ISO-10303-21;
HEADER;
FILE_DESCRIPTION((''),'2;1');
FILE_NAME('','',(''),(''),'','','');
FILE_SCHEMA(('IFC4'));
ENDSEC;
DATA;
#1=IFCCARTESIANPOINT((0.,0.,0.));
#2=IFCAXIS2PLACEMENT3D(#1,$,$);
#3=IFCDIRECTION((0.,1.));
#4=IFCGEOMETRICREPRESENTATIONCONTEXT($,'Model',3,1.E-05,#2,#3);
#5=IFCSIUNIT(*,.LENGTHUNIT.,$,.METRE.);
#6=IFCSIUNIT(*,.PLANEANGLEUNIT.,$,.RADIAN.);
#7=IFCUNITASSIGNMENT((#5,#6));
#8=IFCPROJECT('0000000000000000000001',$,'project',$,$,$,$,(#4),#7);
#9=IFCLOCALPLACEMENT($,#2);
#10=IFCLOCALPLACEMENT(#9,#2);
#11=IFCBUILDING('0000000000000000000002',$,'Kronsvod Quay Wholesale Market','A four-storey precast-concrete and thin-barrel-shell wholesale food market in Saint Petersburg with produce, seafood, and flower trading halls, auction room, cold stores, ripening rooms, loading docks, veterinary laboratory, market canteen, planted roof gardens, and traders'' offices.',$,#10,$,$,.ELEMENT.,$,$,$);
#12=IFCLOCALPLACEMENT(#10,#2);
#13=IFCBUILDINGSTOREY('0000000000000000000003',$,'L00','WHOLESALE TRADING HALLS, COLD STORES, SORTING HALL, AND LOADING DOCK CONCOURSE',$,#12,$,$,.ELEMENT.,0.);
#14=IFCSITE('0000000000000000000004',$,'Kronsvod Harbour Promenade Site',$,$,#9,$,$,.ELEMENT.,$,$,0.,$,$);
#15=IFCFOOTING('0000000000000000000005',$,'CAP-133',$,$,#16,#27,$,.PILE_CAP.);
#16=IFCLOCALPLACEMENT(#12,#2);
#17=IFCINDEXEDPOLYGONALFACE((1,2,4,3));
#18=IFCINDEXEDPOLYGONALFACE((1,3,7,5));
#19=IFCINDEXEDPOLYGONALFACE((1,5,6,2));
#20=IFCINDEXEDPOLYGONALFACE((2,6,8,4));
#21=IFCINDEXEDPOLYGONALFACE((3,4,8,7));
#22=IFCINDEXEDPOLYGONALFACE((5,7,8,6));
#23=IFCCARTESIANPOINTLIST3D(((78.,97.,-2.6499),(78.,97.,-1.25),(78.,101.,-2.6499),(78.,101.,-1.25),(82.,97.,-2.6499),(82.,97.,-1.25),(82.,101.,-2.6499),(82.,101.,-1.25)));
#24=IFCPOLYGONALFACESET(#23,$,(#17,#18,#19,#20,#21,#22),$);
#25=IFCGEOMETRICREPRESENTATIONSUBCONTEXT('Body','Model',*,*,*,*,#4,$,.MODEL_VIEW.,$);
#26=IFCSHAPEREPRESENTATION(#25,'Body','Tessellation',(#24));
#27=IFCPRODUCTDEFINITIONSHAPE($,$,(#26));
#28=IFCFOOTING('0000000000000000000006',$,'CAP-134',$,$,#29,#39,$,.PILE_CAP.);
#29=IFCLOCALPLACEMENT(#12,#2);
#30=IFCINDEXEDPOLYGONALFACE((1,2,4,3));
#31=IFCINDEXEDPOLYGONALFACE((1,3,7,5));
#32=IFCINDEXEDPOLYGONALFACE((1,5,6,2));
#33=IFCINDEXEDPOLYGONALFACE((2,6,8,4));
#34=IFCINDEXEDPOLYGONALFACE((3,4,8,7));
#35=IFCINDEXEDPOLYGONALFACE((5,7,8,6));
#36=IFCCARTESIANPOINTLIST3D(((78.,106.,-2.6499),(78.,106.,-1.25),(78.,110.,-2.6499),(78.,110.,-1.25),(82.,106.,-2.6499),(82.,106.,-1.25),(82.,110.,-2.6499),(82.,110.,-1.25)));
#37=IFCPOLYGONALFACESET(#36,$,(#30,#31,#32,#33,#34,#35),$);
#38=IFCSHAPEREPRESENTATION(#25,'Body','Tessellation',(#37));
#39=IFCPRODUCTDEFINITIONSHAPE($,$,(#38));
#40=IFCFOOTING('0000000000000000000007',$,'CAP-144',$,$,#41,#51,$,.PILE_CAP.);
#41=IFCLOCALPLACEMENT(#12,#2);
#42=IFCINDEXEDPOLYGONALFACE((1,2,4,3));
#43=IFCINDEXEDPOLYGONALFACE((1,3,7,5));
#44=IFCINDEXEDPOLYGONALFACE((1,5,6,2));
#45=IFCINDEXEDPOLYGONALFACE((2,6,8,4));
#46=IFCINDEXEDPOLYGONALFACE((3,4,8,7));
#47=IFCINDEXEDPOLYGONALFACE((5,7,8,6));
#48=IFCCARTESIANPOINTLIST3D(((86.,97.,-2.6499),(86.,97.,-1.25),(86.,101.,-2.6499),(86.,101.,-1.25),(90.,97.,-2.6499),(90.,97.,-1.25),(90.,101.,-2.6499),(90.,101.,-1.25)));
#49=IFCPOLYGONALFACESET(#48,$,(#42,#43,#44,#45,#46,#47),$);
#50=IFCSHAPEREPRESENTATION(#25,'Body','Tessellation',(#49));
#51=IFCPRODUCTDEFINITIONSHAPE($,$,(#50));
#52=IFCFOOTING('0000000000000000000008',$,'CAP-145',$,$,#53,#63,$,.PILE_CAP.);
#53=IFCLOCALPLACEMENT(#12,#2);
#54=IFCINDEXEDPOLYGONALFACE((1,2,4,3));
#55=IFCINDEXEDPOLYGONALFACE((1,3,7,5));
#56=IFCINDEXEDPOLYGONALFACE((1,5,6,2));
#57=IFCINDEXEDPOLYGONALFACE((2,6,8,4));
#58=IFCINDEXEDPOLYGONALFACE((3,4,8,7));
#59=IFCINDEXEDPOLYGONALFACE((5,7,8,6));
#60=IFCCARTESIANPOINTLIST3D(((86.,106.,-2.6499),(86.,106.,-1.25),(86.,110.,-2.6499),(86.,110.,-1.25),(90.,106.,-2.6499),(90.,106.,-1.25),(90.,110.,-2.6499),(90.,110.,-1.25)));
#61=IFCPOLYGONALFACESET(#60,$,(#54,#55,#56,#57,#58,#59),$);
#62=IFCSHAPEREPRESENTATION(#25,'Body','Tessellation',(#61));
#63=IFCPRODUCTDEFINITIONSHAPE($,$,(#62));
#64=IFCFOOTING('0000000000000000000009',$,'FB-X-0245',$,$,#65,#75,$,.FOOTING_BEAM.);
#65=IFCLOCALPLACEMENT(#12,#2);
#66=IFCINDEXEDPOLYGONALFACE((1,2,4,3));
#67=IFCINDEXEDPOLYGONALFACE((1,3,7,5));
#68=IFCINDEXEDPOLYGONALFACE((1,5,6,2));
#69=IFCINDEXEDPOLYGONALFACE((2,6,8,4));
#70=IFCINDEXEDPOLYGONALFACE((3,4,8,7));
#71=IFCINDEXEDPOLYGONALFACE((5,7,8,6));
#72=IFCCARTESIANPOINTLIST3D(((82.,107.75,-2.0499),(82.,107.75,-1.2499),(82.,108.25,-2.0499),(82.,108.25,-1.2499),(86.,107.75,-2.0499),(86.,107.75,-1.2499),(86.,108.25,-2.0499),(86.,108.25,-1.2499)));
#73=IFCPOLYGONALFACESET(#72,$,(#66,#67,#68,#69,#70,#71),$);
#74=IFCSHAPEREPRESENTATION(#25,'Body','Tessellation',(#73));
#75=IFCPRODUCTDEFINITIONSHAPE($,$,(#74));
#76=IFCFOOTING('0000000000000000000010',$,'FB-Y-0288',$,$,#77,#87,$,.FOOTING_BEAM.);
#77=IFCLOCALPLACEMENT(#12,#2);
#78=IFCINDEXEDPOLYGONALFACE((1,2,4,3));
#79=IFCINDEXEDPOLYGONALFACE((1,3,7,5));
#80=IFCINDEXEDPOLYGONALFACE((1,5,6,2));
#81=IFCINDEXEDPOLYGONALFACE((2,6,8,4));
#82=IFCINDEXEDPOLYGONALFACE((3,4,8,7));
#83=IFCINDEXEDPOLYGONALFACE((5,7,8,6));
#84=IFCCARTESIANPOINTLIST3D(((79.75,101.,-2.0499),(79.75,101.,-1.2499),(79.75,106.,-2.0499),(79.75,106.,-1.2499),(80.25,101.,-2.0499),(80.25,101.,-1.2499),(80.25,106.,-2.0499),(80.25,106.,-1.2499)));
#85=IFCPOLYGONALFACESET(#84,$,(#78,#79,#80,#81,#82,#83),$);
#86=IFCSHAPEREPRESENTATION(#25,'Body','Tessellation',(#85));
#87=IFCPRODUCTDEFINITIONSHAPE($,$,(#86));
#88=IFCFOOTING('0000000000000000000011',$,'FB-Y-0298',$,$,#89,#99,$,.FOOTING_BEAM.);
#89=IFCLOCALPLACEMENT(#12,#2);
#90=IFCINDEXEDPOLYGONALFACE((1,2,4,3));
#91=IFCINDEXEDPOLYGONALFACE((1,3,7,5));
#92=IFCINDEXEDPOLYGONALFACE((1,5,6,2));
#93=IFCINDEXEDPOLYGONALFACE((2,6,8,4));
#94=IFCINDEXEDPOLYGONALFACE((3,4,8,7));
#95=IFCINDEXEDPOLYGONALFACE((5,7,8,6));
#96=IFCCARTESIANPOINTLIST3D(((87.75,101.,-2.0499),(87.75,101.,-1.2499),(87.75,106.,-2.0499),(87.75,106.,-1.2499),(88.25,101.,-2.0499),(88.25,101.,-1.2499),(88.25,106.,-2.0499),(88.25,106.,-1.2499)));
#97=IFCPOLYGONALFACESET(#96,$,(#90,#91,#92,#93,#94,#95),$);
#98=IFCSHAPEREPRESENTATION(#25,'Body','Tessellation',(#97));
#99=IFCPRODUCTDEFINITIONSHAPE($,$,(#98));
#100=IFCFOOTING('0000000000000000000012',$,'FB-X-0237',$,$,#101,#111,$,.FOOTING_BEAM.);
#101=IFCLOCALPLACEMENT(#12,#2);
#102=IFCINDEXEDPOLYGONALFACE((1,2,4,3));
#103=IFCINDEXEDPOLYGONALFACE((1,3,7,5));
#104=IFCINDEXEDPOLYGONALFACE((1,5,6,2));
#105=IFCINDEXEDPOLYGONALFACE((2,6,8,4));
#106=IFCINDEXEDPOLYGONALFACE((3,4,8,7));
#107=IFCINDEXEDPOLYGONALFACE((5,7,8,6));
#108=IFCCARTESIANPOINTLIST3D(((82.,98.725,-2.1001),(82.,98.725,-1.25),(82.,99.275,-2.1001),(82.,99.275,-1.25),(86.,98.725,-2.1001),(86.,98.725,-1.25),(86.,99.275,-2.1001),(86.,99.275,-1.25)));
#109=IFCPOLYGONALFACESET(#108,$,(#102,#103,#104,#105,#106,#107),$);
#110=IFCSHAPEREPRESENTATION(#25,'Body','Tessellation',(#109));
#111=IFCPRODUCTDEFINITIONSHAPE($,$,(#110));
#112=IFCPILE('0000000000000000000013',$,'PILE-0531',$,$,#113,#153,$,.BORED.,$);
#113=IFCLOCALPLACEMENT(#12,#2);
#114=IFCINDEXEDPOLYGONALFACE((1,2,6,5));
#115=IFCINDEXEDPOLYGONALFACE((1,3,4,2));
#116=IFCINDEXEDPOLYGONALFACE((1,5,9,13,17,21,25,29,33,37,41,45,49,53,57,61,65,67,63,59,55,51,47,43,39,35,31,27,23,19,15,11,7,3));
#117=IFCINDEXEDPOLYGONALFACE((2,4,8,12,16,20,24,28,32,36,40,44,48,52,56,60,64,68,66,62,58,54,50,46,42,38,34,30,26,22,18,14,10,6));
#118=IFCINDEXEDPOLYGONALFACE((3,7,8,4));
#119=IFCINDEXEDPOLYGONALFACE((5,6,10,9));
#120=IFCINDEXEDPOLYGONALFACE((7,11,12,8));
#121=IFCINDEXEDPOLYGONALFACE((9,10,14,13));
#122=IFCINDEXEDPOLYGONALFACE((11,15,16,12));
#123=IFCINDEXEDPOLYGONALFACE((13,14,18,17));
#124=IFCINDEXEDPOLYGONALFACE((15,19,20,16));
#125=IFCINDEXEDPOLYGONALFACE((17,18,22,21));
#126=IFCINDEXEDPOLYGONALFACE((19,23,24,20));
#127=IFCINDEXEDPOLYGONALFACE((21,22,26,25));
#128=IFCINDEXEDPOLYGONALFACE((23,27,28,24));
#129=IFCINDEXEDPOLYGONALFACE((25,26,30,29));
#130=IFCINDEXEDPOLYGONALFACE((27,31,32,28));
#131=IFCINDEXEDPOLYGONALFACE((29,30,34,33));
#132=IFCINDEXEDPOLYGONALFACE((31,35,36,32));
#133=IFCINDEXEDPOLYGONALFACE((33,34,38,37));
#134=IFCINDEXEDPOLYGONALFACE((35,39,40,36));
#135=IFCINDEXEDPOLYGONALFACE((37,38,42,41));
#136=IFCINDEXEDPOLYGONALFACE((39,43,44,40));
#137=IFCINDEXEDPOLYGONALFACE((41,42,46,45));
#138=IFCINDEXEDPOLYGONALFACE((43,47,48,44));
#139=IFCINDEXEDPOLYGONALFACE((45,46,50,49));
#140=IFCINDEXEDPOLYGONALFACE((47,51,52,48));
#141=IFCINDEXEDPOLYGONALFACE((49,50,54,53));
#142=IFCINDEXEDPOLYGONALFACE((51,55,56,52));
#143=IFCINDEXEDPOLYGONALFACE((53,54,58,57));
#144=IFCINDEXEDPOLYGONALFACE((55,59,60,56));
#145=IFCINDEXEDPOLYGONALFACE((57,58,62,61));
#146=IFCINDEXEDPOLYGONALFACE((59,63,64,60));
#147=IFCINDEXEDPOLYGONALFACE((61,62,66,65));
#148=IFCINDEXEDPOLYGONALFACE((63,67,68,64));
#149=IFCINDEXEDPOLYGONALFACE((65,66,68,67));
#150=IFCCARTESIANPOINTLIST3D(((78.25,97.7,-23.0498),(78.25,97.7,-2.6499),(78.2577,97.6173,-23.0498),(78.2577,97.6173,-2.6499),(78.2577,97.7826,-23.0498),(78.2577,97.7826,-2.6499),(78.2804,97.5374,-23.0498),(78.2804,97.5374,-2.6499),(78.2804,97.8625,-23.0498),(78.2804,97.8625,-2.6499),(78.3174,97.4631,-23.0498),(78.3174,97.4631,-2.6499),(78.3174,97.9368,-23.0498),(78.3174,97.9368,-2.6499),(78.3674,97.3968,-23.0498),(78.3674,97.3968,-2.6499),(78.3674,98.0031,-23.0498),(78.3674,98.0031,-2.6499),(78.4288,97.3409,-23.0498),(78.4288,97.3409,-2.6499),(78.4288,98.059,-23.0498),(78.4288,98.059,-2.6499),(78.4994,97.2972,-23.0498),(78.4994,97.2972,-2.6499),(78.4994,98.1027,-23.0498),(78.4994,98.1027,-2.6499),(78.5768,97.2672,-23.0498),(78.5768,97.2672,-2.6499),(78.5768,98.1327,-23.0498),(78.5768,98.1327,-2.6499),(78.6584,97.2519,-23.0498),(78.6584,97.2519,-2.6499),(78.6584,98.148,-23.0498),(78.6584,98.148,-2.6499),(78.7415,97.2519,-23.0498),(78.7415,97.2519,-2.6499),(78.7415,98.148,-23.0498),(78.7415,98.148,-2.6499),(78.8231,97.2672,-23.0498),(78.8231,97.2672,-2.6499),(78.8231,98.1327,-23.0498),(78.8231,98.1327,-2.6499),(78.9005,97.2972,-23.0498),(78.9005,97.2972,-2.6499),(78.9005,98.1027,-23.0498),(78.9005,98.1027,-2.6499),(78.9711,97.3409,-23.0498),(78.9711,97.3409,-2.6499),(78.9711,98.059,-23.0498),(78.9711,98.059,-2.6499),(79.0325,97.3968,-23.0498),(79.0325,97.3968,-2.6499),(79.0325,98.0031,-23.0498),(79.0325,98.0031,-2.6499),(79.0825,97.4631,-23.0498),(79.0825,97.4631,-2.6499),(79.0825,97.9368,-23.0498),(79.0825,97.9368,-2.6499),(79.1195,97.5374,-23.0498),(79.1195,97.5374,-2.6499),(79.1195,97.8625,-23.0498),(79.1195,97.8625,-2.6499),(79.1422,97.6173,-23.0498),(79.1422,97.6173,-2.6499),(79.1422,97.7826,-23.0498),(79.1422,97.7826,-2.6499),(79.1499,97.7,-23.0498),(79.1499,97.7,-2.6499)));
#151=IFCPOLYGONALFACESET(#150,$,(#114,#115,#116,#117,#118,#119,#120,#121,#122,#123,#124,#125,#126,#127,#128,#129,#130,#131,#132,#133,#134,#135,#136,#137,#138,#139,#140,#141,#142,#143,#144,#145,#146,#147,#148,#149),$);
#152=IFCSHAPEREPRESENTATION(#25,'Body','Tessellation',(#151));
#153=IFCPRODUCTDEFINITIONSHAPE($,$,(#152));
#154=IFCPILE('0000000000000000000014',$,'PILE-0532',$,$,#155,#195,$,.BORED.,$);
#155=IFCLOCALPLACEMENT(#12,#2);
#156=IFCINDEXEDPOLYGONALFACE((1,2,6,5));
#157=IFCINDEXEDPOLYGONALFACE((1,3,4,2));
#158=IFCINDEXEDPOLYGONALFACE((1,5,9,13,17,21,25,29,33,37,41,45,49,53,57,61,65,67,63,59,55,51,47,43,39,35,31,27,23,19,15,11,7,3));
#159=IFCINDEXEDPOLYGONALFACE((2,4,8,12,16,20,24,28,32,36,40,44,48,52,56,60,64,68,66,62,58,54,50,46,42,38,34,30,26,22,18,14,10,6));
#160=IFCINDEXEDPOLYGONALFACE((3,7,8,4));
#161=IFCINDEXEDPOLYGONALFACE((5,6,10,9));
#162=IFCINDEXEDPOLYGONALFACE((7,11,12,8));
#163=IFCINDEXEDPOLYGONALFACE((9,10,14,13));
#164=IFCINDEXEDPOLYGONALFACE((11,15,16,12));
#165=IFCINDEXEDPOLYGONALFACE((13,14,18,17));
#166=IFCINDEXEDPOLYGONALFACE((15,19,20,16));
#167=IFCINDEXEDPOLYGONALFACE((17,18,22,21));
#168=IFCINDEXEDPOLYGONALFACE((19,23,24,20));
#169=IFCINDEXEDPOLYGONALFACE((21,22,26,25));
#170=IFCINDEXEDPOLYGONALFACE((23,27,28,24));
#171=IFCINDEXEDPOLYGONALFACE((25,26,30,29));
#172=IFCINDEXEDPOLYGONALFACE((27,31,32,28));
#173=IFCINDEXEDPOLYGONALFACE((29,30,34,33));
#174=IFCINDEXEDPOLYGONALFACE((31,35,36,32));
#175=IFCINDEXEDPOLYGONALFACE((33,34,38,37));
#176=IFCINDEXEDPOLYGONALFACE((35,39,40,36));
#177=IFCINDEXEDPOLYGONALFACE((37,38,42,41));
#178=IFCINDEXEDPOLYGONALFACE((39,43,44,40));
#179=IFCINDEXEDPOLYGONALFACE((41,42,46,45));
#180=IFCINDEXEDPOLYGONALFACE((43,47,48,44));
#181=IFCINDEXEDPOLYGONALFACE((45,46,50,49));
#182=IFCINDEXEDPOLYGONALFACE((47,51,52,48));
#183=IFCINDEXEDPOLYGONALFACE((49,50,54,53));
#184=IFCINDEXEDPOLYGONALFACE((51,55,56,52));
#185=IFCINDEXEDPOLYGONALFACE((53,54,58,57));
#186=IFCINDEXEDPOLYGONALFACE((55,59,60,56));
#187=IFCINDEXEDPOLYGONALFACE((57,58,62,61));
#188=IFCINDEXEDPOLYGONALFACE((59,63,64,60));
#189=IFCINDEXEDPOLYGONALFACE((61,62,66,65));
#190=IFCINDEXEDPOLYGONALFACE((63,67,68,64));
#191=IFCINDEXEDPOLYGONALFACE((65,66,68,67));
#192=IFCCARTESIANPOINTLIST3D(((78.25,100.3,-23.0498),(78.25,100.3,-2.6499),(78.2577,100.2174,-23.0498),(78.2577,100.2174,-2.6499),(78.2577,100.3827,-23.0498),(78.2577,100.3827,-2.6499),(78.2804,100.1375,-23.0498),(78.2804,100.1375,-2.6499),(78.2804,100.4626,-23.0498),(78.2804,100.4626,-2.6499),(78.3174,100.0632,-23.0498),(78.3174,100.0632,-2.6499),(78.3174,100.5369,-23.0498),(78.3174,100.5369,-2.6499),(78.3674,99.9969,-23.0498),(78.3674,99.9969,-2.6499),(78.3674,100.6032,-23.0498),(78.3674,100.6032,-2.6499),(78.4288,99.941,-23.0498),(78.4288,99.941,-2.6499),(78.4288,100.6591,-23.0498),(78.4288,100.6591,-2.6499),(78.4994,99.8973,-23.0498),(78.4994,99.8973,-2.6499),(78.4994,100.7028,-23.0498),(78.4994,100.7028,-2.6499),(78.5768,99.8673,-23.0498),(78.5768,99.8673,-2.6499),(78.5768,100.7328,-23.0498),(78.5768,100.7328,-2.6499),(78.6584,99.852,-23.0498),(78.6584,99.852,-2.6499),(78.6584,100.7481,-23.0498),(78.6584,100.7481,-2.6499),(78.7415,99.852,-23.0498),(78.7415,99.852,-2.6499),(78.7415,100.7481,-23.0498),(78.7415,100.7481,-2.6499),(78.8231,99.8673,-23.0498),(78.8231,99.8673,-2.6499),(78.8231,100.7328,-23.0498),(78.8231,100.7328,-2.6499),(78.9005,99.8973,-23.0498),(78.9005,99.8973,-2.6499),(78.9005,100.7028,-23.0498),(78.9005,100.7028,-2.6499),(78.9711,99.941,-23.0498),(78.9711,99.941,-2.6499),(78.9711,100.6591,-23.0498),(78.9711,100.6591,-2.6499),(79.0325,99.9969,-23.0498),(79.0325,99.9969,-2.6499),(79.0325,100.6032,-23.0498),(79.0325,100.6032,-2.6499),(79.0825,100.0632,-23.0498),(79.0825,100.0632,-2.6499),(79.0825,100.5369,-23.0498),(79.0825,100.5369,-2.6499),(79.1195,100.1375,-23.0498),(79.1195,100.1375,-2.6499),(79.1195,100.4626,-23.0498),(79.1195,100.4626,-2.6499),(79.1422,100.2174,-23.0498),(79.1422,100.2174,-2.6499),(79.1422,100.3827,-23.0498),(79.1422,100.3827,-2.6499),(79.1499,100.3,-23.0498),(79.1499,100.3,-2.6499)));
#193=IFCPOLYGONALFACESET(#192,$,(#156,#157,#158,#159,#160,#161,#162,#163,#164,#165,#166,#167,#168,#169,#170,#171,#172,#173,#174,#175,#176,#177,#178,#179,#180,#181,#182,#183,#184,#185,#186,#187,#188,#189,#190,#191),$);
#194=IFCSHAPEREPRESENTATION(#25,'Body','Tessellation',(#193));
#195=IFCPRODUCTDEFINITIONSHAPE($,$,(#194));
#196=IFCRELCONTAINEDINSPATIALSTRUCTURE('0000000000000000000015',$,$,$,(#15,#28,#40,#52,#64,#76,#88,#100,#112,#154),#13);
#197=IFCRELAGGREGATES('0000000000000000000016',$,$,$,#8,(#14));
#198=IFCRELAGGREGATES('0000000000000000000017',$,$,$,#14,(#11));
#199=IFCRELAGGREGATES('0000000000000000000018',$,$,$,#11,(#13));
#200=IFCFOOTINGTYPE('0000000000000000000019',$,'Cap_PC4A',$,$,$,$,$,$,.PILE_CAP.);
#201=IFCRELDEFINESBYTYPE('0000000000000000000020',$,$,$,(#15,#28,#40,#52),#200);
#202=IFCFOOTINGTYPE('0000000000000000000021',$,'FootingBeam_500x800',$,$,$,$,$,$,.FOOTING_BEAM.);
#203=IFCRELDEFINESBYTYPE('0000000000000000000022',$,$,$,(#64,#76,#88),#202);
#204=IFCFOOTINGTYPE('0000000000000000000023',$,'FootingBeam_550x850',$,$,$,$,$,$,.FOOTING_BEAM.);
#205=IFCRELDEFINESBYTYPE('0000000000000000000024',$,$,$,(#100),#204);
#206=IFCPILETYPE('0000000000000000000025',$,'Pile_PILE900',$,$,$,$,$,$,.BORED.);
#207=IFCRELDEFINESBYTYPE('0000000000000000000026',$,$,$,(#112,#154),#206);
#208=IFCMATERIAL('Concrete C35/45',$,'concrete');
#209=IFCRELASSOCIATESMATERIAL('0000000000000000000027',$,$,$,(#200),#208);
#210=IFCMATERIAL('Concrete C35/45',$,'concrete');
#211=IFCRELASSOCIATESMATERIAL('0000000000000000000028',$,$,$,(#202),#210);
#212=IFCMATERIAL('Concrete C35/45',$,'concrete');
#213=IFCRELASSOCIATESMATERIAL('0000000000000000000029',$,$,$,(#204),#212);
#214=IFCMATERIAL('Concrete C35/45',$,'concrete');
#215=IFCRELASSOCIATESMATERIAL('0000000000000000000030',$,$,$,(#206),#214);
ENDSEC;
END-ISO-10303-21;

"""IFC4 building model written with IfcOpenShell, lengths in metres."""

from ifc_helpers import new_model, si_unit, direction, frame, origin, origin_2d, place, context, subcontext, project, spatial, rectangle, circle, extrude, material, material_profile, profile_set, type_object, element, save


model = new_model("IFC4")

# Units and contexts
model_context = context("Model", 3, precision=1e-05, world=origin(), true_north=direction((0.0, 1.0)))
body_context = subcontext(model_context, "Body", "Model", "MODEL_VIEW")
ifc_project = project(units=[si_unit("LENGTHUNIT", "METRE"), si_unit("PLANEANGLEUNIT", "RADIAN")], contexts=[model_context])

# Site, building, storey
site_placement = place(None, origin())
site = spatial("IfcSite", under=ifc_project, at=site_placement, Name="Kronsvod Harbour Promenade Site", CompositionType="ELEMENT", RefElevation=0.0)
building_placement = place(site_placement, origin())
building = spatial("IfcBuilding", under=site, at=building_placement, Name="Kronsvod Quay Wholesale Market", Description="A four-storey precast-concrete and thin-barrel-shell wholesale food market in Saint Petersburg with produce, seafood, and flower trading halls, auction room, cold stores, ripening rooms, loading docks, veterinary laboratory, market canteen, planted roof gardens, and traders' offices.", CompositionType="ELEMENT")
storey_placement = place(building_placement, origin())
storey = spatial("IfcBuildingStorey", under=building, at=storey_placement, Name="L00", Description="WHOLESALE TRADING HALLS, COLD STORES, SORTING HALL, AND LOADING DOCK CONCOURSE", CompositionType="ELEMENT", Elevation=0.0)

# Footings
ifc_material_1 = material(Name="Concrete C35/45", Category="concrete")
footing_type_1 = type_object("IfcFootingType", Name="Cap_PC4A", PredefinedType="PILE_CAP", material=ifc_material_1)
for number, where, z_axis, x_axis, name in (
    (1, (80.0, 99.0, -2.6499), (0.0, 0.0, 1.0), (1.0, 0.0, 0.0), "CAP-133"),
    (2, (80.0, 108.0, -2.6499), (0.0, 0.0, 1.0), (1.0, 0.0, 0.0), "CAP-134"),
    (3, (88.0, 99.0, -2.6499), (0.0, 0.0, 1.0), (1.0, 0.0, 0.0), "CAP-144"),
    (4, (88.0, 108.0, -2.6499), (0.0, 0.0, 1.0), (1.0, 0.0, 0.0), "CAP-145"),
):
    element("IfcFooting", number, at=place(storey_placement, frame(where, z_axis=z_axis, x_axis=x_axis)), inside=storey, type_object=footing_type_1, Name=name, PredefinedType="PILE_CAP", context=body_context, shape_type="SweptSolid", body=[
        extrude(rectangle(XDim=4.0, YDim=4.0, at=origin_2d()), origin(), (0.0, 0.0, 1.0), 1.3999),
    ])
ifc_material_2 = material(Name="Concrete C35/45", Category="concrete")
ifc_material_profile_1 = material_profile(ifc_material_2, rectangle(XDim=0.5, YDim=0.8, at=origin_2d()), Name="FB-01")
ifc_profile_set_1 = profile_set([ifc_material_profile_1], Name="Concrete C35/45")
footing_type_2 = type_object("IfcFootingType", Name="FootingBeam_500x800", PredefinedType="FOOTING_BEAM", material=ifc_profile_set_1)
footing_1_placement = place(storey_placement, frame((82.0, 108.0, -1.6499), z_axis=(1.0, 0.0, 0.0), x_axis=(0.0, 1.0, 0.0)))
element("IfcFooting", 5, at=footing_1_placement, inside=storey, type_object=footing_type_2, Name="FB-X-0245", PredefinedType="FOOTING_BEAM", context=body_context, shape_type="SweptSolid", body=[
    extrude(rectangle(XDim=0.5, YDim=0.8, at=origin_2d()), origin(), (0.0, 0.0, 1.0), 4.0),
])
for number, where, z_axis, x_axis, name in (
    (6, (80.0, 101.0, -1.6499), (0.0, 1.0, 0.0), (-1.0, 0.0, 0.0), "FB-Y-0288"),
    (7, (88.0, 101.0, -1.6499), (0.0, 1.0, 0.0), (-1.0, 0.0, 0.0), "FB-Y-0298"),
):
    element("IfcFooting", number, at=place(storey_placement, frame(where, z_axis=z_axis, x_axis=x_axis)), inside=storey, type_object=footing_type_2, Name=name, PredefinedType="FOOTING_BEAM", context=body_context, shape_type="SweptSolid", body=[
        extrude(rectangle(XDim=0.5, YDim=0.8, at=origin_2d()), origin(), (0.0, 0.0, 1.0), 5.0),
    ])
ifc_material_3 = material(Name="Concrete C35/45", Category="concrete")
ifc_material_profile_2 = material_profile(ifc_material_3, rectangle(XDim=0.55, YDim=0.8501, at=origin_2d()), Name="FB-03")
ifc_profile_set_2 = profile_set([ifc_material_profile_2], Name="Concrete C35/45")
footing_type_3 = type_object("IfcFootingType", Name="FootingBeam_550x850", PredefinedType="FOOTING_BEAM", material=ifc_profile_set_2)
footing_2_placement = place(storey_placement, frame((82.0, 99.0, -1.675), z_axis=(1.0, 0.0, 0.0), x_axis=(0.0, 1.0, 0.0)))
element("IfcFooting", 8, at=footing_2_placement, inside=storey, type_object=footing_type_3, Name="FB-X-0237", PredefinedType="FOOTING_BEAM", context=body_context, shape_type="SweptSolid", body=[
    extrude(rectangle(XDim=0.55, YDim=0.8501, at=origin_2d()), origin(), (0.0, 0.0, 1.0), 4.0),
])

# Piles
ifc_material_4 = material(Name="Concrete C35/45", Category="concrete")
ifc_material_profile_3 = material_profile(ifc_material_4, circle(Radius=0.45, at=origin_2d()), Name="PILE900")
ifc_profile_set_3 = profile_set([ifc_material_profile_3], Name="Concrete C35/45")
pile_type = type_object("IfcPileType", Name="Pile_PILE900", PredefinedType="BORED", material=ifc_profile_set_3)
for number, where, z_axis, x_axis, name in (
    (9, (78.7, 97.7, -2.6499), (0.0, 0.0, -1.0), (1.0, 0.0, 0.0), "PILE-0531"),
    (10, (78.7, 100.3, -2.6499), (0.0, 0.0, -1.0), (1.0, 0.0, 0.0), "PILE-0532"),
):
    element("IfcPile", number, at=place(storey_placement, frame(where, z_axis=z_axis, x_axis=x_axis)), inside=storey, type_object=pile_type, Name=name, PredefinedType="BORED", context=body_context, shape_type="SweptSolid", body=[
        extrude(circle(Radius=0.45, at=origin_2d()), origin(), (0.0, 0.0, 1.0), 20.3999),
    ])

save(model, "model.ifc")
